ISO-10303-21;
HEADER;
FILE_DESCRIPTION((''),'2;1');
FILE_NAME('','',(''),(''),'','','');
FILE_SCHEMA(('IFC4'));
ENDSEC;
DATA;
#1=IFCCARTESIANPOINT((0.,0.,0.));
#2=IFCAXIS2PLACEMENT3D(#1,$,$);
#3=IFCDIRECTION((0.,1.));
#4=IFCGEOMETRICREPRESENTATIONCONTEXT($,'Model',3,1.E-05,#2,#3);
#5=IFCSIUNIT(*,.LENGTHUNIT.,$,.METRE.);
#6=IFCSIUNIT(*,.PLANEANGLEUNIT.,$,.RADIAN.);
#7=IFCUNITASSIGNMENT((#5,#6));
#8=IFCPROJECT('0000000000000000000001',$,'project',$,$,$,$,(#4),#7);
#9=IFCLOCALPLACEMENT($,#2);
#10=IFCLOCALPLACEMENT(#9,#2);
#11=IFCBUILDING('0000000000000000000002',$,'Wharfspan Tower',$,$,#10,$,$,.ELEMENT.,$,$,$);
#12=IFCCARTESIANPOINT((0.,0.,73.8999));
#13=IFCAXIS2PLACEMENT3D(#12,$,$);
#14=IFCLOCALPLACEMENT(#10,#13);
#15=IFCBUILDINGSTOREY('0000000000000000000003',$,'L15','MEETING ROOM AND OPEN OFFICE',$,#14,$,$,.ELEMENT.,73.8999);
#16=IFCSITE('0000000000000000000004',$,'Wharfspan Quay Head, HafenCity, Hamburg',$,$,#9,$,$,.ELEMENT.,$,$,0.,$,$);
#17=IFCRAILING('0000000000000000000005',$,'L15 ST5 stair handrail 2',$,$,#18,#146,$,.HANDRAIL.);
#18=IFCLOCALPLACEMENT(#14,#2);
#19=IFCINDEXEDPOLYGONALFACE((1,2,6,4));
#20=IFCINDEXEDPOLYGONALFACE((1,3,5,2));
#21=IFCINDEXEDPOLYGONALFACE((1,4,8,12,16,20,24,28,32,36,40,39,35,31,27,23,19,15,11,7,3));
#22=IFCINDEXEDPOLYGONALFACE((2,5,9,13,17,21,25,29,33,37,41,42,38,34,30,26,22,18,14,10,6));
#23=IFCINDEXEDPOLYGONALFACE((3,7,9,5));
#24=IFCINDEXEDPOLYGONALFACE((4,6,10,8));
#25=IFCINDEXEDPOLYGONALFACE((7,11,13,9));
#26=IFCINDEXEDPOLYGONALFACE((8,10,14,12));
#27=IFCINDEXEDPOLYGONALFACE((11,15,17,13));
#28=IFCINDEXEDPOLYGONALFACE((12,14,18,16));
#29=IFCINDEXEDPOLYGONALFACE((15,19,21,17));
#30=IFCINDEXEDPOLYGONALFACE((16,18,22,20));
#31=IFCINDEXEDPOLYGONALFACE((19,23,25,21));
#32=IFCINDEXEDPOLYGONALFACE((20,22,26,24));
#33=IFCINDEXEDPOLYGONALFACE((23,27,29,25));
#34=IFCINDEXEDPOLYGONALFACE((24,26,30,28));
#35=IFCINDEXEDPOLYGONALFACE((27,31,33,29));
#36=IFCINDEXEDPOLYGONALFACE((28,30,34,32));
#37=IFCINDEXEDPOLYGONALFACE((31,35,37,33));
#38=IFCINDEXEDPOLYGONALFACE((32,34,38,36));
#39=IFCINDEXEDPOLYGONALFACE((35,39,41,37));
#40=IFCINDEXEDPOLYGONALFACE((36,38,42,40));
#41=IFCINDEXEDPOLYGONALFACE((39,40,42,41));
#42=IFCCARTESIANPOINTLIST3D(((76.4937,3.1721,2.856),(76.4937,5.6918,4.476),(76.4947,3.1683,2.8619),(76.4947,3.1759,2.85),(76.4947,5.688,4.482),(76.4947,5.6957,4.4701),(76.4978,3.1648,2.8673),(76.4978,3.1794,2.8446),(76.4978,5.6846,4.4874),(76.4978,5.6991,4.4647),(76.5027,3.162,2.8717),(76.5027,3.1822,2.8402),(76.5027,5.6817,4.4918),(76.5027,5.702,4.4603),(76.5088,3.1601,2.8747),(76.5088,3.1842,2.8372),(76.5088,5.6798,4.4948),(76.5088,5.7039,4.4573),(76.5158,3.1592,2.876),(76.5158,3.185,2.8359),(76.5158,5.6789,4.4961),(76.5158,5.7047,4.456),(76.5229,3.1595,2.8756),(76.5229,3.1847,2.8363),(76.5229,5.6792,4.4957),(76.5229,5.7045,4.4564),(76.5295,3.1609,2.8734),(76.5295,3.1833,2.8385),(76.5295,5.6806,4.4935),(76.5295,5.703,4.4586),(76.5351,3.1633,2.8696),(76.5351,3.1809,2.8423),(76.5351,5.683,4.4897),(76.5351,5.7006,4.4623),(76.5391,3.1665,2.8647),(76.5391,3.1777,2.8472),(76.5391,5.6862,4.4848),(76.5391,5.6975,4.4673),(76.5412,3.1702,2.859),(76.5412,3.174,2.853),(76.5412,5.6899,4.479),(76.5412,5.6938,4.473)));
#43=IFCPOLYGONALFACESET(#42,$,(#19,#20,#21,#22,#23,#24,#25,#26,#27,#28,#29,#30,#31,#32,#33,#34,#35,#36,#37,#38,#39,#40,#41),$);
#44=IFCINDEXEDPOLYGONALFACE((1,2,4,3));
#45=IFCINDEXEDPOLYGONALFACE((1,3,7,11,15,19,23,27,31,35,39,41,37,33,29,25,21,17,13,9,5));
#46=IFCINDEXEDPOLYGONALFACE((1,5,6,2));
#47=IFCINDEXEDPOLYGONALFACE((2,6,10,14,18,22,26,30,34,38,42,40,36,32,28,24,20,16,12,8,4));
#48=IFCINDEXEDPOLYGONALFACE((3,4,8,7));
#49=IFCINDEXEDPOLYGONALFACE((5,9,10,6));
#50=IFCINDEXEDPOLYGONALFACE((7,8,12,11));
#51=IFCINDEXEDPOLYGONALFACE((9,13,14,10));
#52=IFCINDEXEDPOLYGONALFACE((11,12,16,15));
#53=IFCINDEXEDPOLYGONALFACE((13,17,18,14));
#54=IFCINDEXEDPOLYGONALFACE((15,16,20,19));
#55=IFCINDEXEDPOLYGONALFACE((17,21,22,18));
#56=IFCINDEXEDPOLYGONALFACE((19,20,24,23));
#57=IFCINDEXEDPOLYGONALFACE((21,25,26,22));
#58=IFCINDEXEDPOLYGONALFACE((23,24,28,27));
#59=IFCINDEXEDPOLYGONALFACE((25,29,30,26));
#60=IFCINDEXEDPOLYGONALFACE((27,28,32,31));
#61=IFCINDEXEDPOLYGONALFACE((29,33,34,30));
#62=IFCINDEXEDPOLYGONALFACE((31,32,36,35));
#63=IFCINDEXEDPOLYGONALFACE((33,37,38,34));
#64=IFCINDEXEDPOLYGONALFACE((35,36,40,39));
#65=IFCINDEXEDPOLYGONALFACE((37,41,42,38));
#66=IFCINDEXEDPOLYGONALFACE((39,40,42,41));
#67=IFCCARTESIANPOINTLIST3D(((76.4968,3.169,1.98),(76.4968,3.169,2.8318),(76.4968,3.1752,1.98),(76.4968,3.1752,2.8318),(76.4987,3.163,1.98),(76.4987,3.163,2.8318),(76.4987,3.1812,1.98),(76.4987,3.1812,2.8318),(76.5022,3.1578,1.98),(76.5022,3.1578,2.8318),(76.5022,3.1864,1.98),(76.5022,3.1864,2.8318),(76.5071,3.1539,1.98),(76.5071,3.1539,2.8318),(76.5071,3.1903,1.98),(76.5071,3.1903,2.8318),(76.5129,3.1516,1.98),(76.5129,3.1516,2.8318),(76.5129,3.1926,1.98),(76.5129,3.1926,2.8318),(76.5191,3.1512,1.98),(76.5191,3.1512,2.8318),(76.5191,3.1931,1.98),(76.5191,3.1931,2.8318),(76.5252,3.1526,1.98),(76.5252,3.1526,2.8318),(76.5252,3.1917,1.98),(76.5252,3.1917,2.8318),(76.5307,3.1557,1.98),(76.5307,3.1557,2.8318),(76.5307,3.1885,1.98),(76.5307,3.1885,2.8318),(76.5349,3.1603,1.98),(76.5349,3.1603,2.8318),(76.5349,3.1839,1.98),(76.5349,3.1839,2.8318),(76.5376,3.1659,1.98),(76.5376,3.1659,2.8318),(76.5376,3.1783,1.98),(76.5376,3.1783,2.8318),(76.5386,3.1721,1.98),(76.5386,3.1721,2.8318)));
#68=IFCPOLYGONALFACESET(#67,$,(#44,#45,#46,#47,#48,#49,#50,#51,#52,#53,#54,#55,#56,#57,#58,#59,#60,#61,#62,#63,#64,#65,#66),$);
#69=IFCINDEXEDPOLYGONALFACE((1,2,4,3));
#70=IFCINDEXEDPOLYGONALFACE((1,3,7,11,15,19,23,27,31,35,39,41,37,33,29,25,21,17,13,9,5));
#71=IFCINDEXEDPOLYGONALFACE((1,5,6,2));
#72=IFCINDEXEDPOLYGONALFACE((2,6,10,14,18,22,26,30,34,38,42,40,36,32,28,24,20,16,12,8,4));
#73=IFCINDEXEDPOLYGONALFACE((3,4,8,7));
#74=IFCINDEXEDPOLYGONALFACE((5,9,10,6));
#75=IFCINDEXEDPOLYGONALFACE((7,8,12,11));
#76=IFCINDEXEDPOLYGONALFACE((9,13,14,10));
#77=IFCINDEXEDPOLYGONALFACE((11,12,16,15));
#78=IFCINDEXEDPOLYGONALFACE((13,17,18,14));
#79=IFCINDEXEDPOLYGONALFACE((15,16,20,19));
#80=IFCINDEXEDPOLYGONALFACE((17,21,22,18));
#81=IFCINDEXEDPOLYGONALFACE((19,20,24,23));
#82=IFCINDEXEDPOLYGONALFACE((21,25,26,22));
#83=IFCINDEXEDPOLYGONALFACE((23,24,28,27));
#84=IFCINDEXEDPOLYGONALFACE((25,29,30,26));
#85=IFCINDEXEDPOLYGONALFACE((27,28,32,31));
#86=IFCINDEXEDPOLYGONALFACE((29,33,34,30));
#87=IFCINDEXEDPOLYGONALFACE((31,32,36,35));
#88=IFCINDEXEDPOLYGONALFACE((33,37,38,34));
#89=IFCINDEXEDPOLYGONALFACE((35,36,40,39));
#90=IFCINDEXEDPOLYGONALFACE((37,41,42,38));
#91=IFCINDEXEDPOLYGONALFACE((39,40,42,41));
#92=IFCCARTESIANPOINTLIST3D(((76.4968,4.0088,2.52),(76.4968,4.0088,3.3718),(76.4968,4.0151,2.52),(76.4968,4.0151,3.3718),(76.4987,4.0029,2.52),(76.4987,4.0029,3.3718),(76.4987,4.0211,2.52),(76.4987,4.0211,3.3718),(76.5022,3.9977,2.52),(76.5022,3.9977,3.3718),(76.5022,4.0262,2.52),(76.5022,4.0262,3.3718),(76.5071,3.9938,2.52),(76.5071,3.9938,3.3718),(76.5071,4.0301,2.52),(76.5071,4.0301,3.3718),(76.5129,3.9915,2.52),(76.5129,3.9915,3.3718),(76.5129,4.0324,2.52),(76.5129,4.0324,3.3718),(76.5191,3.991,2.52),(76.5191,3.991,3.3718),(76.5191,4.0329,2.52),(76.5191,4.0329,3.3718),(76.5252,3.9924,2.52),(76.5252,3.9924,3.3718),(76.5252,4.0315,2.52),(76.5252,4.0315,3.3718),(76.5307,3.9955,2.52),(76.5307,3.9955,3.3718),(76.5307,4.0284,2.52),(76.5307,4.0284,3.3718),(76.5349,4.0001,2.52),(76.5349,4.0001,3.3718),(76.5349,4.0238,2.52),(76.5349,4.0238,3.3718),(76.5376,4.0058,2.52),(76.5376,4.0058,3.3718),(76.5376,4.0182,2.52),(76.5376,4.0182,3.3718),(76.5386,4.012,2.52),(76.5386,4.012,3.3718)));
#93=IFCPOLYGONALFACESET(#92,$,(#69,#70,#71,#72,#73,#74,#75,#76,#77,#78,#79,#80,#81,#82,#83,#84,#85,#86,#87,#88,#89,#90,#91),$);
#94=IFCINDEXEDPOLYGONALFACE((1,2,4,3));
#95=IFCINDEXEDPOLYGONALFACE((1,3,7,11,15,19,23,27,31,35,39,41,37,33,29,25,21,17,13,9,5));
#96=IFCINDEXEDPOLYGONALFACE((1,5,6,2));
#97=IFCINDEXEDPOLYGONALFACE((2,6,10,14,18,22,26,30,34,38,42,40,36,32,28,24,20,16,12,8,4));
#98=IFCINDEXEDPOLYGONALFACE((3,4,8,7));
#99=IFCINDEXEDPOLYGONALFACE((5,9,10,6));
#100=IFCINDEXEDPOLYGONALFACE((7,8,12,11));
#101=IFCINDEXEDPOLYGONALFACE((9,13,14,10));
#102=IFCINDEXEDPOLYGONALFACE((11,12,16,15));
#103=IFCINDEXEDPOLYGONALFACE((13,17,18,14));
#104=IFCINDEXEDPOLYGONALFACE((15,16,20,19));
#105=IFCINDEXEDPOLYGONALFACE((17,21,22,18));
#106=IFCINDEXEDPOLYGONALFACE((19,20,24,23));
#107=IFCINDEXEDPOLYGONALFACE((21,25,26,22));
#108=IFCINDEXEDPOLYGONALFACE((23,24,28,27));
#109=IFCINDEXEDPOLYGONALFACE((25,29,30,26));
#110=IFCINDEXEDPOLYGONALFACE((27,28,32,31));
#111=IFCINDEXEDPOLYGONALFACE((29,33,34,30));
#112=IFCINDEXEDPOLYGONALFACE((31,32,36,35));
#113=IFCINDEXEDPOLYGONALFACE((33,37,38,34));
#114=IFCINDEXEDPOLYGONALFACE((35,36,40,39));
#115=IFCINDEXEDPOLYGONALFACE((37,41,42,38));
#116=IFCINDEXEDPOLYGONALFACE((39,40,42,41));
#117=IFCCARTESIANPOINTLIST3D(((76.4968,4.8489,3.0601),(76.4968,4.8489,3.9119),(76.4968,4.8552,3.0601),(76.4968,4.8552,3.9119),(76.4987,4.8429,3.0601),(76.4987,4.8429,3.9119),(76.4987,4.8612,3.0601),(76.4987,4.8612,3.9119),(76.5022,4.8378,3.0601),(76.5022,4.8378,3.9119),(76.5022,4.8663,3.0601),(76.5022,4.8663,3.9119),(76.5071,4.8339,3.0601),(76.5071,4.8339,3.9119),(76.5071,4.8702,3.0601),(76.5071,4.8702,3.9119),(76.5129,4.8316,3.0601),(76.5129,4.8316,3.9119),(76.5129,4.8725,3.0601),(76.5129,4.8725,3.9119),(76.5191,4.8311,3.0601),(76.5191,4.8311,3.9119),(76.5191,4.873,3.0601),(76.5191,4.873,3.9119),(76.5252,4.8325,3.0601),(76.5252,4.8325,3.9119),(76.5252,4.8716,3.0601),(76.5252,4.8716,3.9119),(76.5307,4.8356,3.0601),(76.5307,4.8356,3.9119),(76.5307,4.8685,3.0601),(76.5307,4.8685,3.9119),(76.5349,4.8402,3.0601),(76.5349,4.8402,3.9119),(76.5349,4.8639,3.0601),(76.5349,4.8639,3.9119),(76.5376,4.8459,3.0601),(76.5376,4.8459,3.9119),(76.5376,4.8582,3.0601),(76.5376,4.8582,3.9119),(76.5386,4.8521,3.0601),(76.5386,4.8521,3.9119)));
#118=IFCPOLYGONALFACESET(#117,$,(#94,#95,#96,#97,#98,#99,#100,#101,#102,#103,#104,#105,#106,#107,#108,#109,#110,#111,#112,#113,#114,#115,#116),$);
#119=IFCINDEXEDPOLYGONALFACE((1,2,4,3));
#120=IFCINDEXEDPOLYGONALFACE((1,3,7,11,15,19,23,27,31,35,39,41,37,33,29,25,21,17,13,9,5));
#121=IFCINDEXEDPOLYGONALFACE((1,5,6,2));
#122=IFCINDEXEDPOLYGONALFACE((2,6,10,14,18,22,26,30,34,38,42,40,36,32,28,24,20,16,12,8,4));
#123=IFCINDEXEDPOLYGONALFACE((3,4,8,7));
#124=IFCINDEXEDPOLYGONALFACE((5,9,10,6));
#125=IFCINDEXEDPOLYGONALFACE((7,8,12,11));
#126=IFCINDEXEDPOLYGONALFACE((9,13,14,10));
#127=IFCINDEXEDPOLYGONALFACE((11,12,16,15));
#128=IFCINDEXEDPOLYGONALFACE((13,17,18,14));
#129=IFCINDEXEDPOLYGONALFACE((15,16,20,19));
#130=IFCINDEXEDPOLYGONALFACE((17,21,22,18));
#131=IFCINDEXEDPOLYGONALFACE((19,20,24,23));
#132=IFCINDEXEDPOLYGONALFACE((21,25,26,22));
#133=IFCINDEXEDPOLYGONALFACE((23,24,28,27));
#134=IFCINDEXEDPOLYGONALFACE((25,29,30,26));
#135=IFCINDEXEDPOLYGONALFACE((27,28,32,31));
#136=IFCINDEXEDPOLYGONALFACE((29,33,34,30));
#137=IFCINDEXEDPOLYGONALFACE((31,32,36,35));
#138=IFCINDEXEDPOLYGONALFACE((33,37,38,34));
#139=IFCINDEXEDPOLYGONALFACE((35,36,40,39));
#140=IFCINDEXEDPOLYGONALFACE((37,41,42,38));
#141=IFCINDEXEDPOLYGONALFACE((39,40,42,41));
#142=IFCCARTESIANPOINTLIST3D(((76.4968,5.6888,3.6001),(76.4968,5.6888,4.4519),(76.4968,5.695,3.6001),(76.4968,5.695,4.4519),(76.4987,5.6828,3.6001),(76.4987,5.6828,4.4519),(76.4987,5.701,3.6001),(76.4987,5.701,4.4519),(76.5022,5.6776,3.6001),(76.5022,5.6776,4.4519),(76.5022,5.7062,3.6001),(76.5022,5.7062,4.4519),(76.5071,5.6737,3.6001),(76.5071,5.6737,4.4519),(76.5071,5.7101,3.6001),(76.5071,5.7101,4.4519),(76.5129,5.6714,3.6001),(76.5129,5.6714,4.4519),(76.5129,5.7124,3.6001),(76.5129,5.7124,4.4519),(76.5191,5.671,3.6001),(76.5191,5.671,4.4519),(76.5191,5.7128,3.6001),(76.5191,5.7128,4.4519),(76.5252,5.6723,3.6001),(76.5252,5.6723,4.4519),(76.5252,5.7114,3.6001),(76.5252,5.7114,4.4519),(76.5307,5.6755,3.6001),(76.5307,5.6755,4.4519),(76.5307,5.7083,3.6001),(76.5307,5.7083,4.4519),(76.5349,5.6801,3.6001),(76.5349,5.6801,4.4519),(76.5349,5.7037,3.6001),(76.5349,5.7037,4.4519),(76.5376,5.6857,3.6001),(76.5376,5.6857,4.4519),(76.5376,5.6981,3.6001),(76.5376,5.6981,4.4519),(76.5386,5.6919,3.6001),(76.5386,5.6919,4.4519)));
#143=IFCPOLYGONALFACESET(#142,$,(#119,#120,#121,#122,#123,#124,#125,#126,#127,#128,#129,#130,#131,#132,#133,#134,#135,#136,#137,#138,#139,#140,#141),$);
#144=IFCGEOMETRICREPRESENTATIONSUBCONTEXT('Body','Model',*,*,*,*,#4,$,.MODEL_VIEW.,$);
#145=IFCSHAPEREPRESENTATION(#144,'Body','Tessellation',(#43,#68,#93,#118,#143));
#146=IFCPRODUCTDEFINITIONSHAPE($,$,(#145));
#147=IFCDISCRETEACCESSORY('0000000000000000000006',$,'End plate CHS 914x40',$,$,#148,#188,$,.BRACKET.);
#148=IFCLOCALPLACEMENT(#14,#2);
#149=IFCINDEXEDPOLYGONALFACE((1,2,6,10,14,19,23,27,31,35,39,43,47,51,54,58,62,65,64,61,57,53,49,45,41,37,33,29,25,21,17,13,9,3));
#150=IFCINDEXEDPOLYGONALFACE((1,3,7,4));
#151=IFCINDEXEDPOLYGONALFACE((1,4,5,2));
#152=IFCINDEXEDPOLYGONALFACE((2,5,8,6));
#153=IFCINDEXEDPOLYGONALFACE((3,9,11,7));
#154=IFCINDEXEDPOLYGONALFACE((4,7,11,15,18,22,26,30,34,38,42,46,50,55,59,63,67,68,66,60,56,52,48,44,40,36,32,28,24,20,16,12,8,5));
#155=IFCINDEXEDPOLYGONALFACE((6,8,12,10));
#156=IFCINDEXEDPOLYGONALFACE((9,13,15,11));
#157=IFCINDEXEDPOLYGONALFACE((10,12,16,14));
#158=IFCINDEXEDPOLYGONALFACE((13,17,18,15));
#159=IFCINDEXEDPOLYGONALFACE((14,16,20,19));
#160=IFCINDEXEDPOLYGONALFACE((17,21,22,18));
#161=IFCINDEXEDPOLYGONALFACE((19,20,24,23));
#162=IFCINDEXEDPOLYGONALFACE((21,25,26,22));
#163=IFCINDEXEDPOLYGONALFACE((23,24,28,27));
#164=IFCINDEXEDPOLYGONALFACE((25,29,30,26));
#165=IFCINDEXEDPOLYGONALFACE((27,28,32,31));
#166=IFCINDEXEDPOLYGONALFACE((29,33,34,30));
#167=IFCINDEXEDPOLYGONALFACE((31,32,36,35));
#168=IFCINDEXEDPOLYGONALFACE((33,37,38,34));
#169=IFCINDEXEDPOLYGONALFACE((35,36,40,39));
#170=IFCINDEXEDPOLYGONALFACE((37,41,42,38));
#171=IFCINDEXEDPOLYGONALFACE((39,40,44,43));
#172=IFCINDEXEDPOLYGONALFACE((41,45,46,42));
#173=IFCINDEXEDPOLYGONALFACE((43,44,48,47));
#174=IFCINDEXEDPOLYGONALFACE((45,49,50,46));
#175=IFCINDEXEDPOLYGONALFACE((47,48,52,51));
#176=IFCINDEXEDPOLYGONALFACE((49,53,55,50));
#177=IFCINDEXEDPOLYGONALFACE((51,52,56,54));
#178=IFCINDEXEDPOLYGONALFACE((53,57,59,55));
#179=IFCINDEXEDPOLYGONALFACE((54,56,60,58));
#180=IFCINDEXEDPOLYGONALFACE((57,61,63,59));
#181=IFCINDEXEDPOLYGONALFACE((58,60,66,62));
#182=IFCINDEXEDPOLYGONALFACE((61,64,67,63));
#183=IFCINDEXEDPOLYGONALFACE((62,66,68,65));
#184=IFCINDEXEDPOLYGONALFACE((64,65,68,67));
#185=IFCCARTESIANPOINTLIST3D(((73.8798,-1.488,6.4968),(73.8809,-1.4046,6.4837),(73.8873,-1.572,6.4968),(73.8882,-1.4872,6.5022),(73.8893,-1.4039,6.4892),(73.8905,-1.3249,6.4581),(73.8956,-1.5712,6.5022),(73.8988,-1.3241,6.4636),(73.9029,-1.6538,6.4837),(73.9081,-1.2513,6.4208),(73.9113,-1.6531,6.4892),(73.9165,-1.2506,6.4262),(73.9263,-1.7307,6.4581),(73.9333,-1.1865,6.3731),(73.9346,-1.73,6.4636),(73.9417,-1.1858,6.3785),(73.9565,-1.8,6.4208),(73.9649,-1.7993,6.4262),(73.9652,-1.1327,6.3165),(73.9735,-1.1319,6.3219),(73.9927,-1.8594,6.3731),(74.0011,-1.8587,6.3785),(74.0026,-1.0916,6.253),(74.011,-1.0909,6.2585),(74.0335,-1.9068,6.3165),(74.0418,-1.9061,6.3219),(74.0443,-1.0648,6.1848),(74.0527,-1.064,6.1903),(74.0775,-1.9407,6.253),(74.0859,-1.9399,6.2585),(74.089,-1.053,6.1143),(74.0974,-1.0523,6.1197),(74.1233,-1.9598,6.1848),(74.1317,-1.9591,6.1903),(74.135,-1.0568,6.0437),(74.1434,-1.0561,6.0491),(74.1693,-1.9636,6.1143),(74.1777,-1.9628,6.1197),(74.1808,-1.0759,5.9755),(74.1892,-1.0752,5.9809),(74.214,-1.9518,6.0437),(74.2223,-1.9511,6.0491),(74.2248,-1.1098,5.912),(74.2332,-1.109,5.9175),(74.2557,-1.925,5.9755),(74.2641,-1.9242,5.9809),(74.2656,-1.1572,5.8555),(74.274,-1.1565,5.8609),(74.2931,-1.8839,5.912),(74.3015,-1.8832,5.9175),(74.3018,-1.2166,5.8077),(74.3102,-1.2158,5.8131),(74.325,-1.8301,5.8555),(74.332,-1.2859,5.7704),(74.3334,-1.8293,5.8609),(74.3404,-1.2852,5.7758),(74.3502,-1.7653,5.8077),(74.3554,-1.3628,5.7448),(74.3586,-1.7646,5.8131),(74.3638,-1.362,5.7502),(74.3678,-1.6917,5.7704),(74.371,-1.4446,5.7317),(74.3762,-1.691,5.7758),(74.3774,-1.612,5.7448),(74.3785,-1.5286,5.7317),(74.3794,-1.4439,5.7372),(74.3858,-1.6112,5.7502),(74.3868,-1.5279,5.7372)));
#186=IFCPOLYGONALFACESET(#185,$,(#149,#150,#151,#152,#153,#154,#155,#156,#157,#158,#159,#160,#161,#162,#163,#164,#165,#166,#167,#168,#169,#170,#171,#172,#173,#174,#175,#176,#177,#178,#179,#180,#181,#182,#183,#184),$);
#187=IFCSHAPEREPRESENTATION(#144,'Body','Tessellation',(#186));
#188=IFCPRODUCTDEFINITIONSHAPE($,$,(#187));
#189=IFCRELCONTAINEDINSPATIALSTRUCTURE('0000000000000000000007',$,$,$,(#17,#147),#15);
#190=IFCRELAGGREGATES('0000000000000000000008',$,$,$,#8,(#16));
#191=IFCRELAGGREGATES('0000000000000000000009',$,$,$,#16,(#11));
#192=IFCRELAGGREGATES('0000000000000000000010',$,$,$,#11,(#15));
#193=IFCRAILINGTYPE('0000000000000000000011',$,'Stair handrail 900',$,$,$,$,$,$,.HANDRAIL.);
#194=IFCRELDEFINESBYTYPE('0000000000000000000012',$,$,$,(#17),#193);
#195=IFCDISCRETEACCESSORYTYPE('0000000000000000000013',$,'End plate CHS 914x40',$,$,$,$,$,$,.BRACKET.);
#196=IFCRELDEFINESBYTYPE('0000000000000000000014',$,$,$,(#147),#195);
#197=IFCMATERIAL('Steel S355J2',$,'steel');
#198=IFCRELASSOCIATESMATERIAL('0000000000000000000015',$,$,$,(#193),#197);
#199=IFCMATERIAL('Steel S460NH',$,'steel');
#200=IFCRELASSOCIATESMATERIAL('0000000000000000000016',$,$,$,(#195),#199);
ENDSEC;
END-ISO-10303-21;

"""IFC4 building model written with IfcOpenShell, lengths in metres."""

from ifc_helpers import new_model, si_unit, direction, frame, origin, origin_2d, place, context, subcontext, project, spatial, circle, extrude, material, material_profile, profile_set, type_object, element, save


model = new_model("IFC4")

# Units and contexts
model_context = context("Model", 3, precision=1e-05, world=origin(), true_north=direction((0.0, 1.0)))
body_context = subcontext(model_context, "Body", "Model", "MODEL_VIEW")
ifc_project = project(units=[si_unit("LENGTHUNIT", "METRE"), si_unit("PLANEANGLEUNIT", "RADIAN")], contexts=[model_context])

# Site, building, storey
site_placement = place(None, origin())
site = spatial("IfcSite", under=ifc_project, at=site_placement, Name="Wharfspan Quay Head, HafenCity, Hamburg", CompositionType="ELEMENT", RefElevation=0.0)
building_placement = place(site_placement, origin())
building = spatial("IfcBuilding", under=site, at=building_placement, Name="Wharfspan Tower", CompositionType="ELEMENT")
storey_placement = place(building_placement, frame((0.0, 0.0, 73.8999)))
storey = spatial("IfcBuildingStorey", under=building, at=storey_placement, Name="L15", Description="MEETING ROOM AND OPEN OFFICE", CompositionType="ELEMENT", Elevation=73.8999)

# Shared definitions
ifc_material_1 = material(Name="Steel S355J2", Category="steel")

# Shared definitions
ifc_material_2 = material(Name="Steel S460NH", Category="steel")

# Railing
railing_type_1 = type_object("IfcRailingType", Name="Stair handrail 900", PredefinedType="HANDRAIL", material=ifc_material_1)
railing_1_placement = place(storey_placement, frame((76.5176, 3.1721, 1.98)))
element("IfcRailing", 1, at=railing_1_placement, inside=storey, type_object=railing_type_1, Name="L15 ST5 stair handrail 2", PredefinedType="HANDRAIL", context=body_context, shape_type="SweptSolid", body=[
    extrude(circle(Radius=0.0239, at=origin_2d()), frame((0.0, 0.0, 0.876), z_axis=(0.0, 0.841139, 0.540819), x_axis=(-1.0, 0.0, 0.0)), (0.0, 0.0, 1.0), 2.9956),
    extrude(circle(Radius=0.021, at=origin_2d()), origin(), (0.0, 0.0, 1.0), 0.8518),
    extrude(circle(Radius=0.021, at=origin_2d()), frame((0.0, 0.8398, 0.54)), (0.0, 0.0, 1.0), 0.8518),
    extrude(circle(Radius=0.021, at=origin_2d()), frame((0.0, 1.6799, 1.0801)), (0.0, 0.0, 1.0), 0.8518),
    extrude(circle(Radius=0.021, at=origin_2d()), frame((0.0, 2.5198, 1.6201)), (0.0, 0.0, 1.0), 0.8518),
])

# Discrete accessory
ifc_material_profile_1 = material_profile(ifc_material_2, circle(Radius=0.457, at=origin_2d()))
ifc_profile_set_1 = profile_set([ifc_material_profile_1], Name="Steel S460NH")
discrete_accessory_type = type_object("IfcDiscreteAccessoryType", Name="End plate CHS 914x40", PredefinedType="BRACKET", material=ifc_profile_set_1)
for number, where, z_axis, x_axis, name in (
    (2, (74.1291, -1.5083, 6.1143), (0.837276, 0.073877, 0.541767), (-0.087893, 0.996132, -0.000001), "End plate CHS 914x40"),
):
    element("IfcDiscreteAccessory", number, at=place(storey_placement, frame(where, z_axis=z_axis, x_axis=x_axis)), inside=storey, type_object=discrete_accessory_type, Name=name, PredefinedType="BRACKET", context=body_context, shape_type="SweptSolid", body=[
        extrude(circle(Radius=0.457, at=origin_2d()), origin(), (0.0, 0.0, 1.0), 0.01),
    ])

save(model, "model.ifc")
